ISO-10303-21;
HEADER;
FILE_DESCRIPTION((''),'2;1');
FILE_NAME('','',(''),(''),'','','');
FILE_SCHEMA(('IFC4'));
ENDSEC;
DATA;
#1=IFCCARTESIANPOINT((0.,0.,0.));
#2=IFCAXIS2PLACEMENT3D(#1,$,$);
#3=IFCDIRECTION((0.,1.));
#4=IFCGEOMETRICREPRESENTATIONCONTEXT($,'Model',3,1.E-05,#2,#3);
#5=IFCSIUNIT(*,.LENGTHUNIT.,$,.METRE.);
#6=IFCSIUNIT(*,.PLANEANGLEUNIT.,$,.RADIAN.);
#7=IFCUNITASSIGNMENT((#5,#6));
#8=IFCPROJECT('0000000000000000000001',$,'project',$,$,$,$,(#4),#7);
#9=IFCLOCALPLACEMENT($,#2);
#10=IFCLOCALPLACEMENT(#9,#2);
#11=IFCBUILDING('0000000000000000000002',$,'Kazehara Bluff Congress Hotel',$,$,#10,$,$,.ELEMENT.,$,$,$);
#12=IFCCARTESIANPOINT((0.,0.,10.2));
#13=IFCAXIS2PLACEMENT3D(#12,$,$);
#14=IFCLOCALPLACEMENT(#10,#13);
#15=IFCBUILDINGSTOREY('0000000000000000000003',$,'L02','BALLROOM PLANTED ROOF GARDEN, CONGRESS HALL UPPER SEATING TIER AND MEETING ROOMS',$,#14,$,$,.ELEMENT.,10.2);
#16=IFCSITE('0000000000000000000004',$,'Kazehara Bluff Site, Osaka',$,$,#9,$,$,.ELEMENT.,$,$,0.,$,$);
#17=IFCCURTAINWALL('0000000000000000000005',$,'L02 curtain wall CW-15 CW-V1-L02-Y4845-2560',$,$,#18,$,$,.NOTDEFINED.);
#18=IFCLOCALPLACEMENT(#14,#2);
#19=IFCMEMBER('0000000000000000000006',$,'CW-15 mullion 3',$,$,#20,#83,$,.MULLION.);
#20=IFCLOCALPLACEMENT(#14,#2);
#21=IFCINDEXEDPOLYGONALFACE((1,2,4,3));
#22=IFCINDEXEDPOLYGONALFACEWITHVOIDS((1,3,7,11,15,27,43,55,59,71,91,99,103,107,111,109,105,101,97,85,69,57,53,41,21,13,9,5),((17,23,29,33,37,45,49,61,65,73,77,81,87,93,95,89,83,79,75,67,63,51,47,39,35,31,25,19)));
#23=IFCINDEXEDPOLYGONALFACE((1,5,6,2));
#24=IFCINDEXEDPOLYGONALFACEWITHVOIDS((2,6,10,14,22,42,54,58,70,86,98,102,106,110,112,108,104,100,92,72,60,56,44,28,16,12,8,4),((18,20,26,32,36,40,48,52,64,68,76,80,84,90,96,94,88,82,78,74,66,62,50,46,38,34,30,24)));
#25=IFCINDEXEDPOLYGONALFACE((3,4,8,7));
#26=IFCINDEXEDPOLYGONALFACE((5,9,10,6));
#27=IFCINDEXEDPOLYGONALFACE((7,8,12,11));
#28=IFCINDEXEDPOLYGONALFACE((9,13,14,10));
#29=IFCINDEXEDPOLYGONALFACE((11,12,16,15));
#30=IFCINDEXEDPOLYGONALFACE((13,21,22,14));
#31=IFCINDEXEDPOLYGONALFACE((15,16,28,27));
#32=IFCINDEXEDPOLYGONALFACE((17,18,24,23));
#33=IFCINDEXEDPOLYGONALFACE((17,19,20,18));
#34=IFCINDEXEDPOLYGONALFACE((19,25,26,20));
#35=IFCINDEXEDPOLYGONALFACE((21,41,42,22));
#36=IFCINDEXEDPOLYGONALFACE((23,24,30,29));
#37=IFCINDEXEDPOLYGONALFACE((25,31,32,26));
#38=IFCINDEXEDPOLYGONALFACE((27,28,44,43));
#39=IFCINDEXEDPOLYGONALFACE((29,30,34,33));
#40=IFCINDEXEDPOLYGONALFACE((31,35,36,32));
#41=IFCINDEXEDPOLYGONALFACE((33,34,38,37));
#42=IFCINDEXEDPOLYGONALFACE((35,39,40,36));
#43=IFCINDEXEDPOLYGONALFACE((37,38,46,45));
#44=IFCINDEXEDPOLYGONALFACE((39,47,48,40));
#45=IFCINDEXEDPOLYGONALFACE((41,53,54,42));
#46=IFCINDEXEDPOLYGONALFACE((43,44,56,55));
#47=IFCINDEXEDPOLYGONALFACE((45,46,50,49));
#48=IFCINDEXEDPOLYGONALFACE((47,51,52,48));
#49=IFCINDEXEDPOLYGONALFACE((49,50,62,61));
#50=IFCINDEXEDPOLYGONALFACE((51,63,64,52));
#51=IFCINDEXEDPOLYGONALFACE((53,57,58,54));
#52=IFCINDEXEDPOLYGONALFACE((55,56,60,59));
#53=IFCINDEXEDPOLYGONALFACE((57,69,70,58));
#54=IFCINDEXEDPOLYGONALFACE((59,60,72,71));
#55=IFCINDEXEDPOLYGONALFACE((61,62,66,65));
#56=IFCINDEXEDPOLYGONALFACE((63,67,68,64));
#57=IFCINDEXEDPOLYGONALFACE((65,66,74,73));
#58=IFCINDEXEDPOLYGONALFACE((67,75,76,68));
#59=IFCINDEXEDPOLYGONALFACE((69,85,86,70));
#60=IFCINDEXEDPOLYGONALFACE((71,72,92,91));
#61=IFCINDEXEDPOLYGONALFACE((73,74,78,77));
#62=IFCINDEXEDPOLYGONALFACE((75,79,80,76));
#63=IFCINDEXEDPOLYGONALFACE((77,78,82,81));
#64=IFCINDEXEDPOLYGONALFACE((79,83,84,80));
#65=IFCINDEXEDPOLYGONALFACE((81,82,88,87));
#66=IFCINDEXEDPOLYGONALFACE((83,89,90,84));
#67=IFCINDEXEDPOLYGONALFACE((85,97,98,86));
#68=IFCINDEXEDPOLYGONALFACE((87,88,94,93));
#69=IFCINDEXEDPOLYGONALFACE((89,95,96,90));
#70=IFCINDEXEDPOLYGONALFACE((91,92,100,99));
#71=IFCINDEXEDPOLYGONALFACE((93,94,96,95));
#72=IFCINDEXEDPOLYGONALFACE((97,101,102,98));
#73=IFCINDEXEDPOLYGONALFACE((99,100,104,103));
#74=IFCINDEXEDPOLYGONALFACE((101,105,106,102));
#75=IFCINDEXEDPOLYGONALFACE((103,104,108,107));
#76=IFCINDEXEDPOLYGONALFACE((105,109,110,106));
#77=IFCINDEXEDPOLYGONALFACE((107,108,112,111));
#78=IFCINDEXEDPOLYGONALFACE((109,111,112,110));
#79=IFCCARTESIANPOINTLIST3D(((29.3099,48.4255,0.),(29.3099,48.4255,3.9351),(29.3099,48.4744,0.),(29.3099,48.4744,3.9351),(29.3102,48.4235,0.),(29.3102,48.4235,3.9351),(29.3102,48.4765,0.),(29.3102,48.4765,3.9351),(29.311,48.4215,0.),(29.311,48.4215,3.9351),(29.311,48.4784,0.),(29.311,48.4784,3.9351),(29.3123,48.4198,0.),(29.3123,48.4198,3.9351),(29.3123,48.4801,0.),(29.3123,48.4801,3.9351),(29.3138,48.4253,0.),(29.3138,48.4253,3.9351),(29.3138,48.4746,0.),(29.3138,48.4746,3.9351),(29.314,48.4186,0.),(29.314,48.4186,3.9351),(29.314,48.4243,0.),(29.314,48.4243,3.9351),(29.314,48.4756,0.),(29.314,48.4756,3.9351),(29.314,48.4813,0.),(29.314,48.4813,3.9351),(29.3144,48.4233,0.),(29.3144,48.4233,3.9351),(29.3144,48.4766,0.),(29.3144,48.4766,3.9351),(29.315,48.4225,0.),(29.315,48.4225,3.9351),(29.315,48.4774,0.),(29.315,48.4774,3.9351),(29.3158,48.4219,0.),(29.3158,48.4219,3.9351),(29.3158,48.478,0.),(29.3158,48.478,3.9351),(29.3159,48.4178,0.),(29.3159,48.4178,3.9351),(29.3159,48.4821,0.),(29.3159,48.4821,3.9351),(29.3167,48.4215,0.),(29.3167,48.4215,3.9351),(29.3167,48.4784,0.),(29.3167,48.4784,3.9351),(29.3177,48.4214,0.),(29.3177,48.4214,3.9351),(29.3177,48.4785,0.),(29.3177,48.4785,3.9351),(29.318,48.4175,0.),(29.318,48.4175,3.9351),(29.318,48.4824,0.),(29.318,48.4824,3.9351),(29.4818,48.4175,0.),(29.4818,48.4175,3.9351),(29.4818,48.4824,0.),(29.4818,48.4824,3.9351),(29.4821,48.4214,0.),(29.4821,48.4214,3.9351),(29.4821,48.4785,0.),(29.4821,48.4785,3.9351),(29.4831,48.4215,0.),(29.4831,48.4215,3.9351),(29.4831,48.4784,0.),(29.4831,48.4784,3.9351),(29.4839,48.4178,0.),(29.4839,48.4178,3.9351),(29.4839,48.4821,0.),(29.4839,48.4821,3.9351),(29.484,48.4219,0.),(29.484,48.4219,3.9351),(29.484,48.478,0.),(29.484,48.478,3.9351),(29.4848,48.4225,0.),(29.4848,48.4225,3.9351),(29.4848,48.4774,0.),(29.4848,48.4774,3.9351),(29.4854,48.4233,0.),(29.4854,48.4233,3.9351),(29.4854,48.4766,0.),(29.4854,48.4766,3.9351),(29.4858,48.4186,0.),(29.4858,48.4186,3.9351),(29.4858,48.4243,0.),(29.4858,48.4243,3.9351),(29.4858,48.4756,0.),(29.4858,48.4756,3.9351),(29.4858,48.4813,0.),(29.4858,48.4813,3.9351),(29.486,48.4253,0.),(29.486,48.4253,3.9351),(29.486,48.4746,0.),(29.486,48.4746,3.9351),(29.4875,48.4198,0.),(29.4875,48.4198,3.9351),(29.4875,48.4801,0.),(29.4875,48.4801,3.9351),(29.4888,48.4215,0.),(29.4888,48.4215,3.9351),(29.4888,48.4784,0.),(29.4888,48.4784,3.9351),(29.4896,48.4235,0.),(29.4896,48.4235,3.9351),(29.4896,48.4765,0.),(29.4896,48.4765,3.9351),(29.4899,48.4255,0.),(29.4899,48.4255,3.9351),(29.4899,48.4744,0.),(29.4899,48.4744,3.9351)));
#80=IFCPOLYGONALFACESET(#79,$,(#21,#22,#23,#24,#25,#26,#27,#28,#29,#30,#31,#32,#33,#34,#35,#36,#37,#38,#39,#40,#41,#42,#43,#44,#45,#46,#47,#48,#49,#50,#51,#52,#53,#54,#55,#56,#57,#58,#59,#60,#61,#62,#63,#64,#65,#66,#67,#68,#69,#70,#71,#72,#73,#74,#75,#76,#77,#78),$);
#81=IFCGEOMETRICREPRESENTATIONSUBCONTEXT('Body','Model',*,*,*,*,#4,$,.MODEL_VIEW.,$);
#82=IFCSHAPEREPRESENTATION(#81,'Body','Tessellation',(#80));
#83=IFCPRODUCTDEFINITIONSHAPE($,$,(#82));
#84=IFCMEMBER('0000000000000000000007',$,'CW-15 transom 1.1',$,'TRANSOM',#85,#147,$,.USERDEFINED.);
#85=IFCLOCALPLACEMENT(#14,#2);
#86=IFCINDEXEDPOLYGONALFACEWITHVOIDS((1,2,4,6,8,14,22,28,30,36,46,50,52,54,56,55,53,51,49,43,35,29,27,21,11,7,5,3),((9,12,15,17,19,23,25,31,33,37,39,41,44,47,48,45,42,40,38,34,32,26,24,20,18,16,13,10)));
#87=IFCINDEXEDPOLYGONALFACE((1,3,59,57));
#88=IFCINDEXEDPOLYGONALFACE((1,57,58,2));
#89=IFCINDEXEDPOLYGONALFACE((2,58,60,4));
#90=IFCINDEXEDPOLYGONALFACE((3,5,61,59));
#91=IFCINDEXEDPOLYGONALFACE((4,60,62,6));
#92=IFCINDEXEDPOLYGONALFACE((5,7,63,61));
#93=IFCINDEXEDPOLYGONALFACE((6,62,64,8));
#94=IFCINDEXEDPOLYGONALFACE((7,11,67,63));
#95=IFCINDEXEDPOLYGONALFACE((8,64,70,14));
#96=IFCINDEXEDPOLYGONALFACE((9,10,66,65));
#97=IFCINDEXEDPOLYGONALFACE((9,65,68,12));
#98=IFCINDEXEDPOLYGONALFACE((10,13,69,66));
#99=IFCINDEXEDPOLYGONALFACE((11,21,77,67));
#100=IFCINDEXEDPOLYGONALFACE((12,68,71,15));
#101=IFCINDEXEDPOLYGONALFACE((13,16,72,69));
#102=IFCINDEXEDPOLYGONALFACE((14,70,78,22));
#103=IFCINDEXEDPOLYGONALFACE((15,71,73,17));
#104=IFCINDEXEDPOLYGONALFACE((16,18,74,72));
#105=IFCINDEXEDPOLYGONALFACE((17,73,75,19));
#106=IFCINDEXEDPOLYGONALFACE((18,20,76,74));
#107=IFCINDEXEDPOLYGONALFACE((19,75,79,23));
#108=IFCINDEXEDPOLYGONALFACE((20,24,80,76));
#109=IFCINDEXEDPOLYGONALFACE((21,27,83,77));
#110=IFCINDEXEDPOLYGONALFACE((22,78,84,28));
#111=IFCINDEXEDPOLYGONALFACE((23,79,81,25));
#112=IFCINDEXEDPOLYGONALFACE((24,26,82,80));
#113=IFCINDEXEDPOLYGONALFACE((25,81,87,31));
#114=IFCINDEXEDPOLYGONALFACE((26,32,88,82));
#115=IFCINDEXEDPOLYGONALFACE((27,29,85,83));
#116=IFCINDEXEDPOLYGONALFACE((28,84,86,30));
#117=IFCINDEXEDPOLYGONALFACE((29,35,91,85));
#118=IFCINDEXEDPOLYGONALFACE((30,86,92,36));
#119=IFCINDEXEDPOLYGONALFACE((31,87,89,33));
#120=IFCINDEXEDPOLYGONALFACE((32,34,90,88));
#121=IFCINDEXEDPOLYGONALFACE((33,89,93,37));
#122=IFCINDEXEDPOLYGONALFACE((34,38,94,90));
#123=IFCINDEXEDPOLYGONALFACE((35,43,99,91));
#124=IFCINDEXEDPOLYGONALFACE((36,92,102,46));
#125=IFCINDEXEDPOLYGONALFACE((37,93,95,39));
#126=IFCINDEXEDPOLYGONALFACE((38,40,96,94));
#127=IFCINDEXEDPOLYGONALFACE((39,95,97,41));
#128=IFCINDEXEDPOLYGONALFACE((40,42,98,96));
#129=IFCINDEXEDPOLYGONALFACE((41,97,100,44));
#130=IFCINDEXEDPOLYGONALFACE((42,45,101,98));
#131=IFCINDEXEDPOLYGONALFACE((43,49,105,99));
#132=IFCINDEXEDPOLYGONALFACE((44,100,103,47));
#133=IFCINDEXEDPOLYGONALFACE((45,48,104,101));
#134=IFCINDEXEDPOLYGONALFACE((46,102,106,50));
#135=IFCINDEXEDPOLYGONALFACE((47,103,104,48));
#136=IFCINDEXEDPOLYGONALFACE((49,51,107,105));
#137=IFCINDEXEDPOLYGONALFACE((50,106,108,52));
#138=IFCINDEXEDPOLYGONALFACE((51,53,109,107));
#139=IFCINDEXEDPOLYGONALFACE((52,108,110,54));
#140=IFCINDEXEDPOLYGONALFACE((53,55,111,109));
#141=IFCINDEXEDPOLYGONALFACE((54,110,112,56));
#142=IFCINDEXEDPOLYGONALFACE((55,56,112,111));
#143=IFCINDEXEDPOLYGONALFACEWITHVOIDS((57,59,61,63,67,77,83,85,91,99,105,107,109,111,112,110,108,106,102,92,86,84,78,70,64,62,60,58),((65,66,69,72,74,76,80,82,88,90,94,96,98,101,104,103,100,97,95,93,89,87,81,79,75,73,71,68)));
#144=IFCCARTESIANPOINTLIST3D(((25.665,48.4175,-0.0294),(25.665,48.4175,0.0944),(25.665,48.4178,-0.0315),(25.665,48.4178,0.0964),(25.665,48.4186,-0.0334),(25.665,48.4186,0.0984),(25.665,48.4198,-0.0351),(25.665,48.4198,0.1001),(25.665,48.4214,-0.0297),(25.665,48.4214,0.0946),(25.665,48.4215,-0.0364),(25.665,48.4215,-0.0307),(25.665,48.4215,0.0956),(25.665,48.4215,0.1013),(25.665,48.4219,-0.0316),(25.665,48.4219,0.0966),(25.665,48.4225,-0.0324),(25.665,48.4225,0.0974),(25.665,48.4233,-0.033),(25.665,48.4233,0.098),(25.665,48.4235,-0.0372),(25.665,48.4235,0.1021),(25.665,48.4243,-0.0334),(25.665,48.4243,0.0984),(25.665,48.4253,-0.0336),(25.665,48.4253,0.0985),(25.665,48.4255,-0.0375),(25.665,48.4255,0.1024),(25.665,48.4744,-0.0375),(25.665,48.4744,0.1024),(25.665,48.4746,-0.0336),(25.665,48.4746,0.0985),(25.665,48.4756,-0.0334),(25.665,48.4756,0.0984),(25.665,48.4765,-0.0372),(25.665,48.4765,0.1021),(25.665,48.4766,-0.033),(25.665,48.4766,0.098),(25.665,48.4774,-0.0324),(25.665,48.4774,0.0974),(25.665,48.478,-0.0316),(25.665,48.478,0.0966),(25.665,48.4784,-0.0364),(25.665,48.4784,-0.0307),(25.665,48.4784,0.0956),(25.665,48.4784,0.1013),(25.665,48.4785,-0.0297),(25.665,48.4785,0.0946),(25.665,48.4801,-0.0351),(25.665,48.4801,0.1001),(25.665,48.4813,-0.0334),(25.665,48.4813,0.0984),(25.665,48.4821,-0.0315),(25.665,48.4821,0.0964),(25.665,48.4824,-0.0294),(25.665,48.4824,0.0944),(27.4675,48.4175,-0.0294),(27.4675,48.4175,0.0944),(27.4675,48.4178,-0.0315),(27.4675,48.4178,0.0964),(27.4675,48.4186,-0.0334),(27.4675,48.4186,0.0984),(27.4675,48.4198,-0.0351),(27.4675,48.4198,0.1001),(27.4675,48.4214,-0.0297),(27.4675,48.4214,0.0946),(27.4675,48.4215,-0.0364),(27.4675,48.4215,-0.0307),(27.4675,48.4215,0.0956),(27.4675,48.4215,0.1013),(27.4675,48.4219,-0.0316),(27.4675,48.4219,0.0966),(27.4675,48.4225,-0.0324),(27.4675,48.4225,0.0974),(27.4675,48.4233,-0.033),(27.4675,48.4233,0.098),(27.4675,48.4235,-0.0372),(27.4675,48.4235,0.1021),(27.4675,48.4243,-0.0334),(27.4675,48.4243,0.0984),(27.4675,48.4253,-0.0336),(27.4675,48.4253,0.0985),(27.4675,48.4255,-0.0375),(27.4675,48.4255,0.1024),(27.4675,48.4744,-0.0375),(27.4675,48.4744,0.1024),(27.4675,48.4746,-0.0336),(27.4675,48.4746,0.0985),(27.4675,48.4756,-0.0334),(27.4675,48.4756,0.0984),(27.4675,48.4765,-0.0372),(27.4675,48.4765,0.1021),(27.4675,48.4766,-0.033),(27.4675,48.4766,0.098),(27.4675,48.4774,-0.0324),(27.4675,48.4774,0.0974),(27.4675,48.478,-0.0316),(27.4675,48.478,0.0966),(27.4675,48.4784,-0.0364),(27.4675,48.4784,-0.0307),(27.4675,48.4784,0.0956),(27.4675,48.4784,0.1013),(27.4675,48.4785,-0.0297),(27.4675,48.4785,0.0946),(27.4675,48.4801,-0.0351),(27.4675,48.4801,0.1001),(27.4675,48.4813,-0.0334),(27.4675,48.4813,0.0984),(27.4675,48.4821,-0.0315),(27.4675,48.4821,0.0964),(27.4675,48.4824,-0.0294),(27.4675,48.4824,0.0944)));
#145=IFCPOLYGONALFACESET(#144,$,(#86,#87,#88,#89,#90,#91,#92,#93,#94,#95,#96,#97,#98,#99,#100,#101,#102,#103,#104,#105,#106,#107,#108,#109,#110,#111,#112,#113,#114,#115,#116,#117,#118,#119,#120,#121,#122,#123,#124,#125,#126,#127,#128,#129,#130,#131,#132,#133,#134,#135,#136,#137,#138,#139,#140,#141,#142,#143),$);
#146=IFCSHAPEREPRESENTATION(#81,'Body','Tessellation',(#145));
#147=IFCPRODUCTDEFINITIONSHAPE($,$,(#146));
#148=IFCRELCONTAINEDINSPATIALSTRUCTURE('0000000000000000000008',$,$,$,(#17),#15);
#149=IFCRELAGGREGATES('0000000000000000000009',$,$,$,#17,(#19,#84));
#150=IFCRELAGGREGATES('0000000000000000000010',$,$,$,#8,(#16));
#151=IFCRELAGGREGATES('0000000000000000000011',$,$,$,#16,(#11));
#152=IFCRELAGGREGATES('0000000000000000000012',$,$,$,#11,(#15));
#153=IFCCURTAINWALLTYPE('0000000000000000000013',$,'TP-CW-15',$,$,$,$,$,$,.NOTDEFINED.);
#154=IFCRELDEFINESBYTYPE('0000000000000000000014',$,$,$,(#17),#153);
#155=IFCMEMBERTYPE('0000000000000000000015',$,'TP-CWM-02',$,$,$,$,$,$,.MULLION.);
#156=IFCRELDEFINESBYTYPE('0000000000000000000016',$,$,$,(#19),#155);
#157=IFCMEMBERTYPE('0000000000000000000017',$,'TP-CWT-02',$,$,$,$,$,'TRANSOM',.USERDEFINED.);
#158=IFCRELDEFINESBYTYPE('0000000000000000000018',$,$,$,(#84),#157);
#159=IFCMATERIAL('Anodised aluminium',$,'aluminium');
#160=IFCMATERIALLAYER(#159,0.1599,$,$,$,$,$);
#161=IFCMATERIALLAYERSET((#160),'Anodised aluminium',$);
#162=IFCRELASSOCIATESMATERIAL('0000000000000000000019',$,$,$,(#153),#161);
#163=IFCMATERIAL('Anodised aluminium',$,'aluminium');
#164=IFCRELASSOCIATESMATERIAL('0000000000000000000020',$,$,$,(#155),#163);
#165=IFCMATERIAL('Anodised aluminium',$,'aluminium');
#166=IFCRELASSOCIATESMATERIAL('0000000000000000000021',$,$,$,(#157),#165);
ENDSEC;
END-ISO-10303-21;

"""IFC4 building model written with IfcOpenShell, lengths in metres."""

from ifc_helpers import new_model, si_unit, direction, frame, origin, origin_2d, place, context, subcontext, project, spatial, hollow_rectangle, extrude, material, layer, layer_set, material_profile, profile_set, type_object, element, aggregate, save


model = new_model("IFC4")

# Units and contexts
model_context = context("Model", 3, precision=1e-05, world=origin(), true_north=direction((0.0, 1.0)))
body_context = subcontext(model_context, "Body", "Model", "MODEL_VIEW")
ifc_project = project(units=[si_unit("LENGTHUNIT", "METRE"), si_unit("PLANEANGLEUNIT", "RADIAN")], contexts=[model_context])

# Site, building, storey
site_placement = place(None, origin())
site = spatial("IfcSite", under=ifc_project, at=site_placement, Name="Kazehara Bluff Site, Osaka", CompositionType="ELEMENT", RefElevation=0.0)
building_placement = place(site_placement, origin())
building = spatial("IfcBuilding", under=site, at=building_placement, Name="Kazehara Bluff Congress Hotel", CompositionType="ELEMENT")
storey_placement = place(building_placement, frame((0.0, 0.0, 10.2)))
storey = spatial("IfcBuildingStorey", under=building, at=storey_placement, Name="L02", Description="BALLROOM PLANTED ROOF GARDEN, CONGRESS HALL UPPER SEATING TIER AND MEETING ROOMS", CompositionType="ELEMENT", Elevation=10.2)

# Curtain wall, members
ifc_material_1 = material(Name="Anodised aluminium", Category="aluminium")
ifc_layer_1 = layer(ifc_material_1, 0.1599)
ifc_layer_set_1 = layer_set([ifc_layer_1], Name="Anodised aluminium")
curtain_wall_type_1 = type_object("IfcCurtainWallType", Name="TP-CW-15", PredefinedType="NOTDEFINED", material=ifc_layer_set_1)
curtain_wall_1_placement = place(storey_placement, origin())
curtain_wall_1 = element("IfcCurtainWall", 1, at=curtain_wall_1_placement, inside=storey, type_object=curtain_wall_type_1, Name="L02 curtain wall CW-15 CW-V1-L02-Y4845-2560", PredefinedType="NOTDEFINED")
ifc_material_2 = material(Name="Anodised aluminium", Category="aluminium")
ifc_material_profile_1 = material_profile(ifc_material_2, hollow_rectangle(XDim=0.0649, YDim=0.1799, WallThickness=0.0039, InnerFilletRadius=0.0039, OuterFilletRadius=0.0081, at=origin_2d()))
ifc_profile_set_1 = profile_set([ifc_material_profile_1], Name="Anodised aluminium")
member_type_1 = type_object("IfcMemberType", Name="TP-CWM-02", PredefinedType="MULLION", material=ifc_profile_set_1)
member_1_placement = place(storey_placement, frame((29.3999, 48.45, 0.0), z_axis=(0.0, 0.0, 1.0), x_axis=(0.0, 1.0, 0.0)))
member_1 = element("IfcMember", 2, at=member_1_placement, type_object=member_type_1, Name="CW-15 mullion 3", PredefinedType="MULLION", context=body_context, shape_type="SweptSolid", body=[
    extrude(hollow_rectangle(XDim=0.0649, YDim=0.1799, WallThickness=0.0039, InnerFilletRadius=0.0039, OuterFilletRadius=0.0081, at=origin_2d()), origin(), (0.0, 0.0, 1.0), 3.9351),
])
ifc_material_3 = material(Name="Anodised aluminium", Category="aluminium")
ifc_material_profile_2 = material_profile(ifc_material_3, hollow_rectangle(XDim=0.0649, YDim=0.1399, WallThickness=0.0039, InnerFilletRadius=0.0039, OuterFilletRadius=0.0081, at=origin_2d()))
ifc_profile_set_2 = profile_set([ifc_material_profile_2], Name="Anodised aluminium")
member_type_2 = type_object("IfcMemberType", Name="TP-CWT-02", ElementType="TRANSOM", PredefinedType="USERDEFINED", material=ifc_profile_set_2)
member_2_placement = place(storey_placement, frame((25.665, 48.45, 0.0325), z_axis=(1.0, 0.0, 0.0), x_axis=(0.0, 1.0, 0.0)))
member_2 = element("IfcMember", 3, at=member_2_placement, type_object=member_type_2, Name="CW-15 transom 1.1", ObjectType="TRANSOM", PredefinedType="USERDEFINED", context=body_context, shape_type="SweptSolid", body=[
    extrude(hollow_rectangle(XDim=0.0649, YDim=0.1399, WallThickness=0.0039, InnerFilletRadius=0.0039, OuterFilletRadius=0.0081, at=origin_2d()), origin(), (0.0, 0.0, 1.0), 1.8025),
])

aggregate(curtain_wall_1, [member_1, member_2])

save(model, "model.ifc")
